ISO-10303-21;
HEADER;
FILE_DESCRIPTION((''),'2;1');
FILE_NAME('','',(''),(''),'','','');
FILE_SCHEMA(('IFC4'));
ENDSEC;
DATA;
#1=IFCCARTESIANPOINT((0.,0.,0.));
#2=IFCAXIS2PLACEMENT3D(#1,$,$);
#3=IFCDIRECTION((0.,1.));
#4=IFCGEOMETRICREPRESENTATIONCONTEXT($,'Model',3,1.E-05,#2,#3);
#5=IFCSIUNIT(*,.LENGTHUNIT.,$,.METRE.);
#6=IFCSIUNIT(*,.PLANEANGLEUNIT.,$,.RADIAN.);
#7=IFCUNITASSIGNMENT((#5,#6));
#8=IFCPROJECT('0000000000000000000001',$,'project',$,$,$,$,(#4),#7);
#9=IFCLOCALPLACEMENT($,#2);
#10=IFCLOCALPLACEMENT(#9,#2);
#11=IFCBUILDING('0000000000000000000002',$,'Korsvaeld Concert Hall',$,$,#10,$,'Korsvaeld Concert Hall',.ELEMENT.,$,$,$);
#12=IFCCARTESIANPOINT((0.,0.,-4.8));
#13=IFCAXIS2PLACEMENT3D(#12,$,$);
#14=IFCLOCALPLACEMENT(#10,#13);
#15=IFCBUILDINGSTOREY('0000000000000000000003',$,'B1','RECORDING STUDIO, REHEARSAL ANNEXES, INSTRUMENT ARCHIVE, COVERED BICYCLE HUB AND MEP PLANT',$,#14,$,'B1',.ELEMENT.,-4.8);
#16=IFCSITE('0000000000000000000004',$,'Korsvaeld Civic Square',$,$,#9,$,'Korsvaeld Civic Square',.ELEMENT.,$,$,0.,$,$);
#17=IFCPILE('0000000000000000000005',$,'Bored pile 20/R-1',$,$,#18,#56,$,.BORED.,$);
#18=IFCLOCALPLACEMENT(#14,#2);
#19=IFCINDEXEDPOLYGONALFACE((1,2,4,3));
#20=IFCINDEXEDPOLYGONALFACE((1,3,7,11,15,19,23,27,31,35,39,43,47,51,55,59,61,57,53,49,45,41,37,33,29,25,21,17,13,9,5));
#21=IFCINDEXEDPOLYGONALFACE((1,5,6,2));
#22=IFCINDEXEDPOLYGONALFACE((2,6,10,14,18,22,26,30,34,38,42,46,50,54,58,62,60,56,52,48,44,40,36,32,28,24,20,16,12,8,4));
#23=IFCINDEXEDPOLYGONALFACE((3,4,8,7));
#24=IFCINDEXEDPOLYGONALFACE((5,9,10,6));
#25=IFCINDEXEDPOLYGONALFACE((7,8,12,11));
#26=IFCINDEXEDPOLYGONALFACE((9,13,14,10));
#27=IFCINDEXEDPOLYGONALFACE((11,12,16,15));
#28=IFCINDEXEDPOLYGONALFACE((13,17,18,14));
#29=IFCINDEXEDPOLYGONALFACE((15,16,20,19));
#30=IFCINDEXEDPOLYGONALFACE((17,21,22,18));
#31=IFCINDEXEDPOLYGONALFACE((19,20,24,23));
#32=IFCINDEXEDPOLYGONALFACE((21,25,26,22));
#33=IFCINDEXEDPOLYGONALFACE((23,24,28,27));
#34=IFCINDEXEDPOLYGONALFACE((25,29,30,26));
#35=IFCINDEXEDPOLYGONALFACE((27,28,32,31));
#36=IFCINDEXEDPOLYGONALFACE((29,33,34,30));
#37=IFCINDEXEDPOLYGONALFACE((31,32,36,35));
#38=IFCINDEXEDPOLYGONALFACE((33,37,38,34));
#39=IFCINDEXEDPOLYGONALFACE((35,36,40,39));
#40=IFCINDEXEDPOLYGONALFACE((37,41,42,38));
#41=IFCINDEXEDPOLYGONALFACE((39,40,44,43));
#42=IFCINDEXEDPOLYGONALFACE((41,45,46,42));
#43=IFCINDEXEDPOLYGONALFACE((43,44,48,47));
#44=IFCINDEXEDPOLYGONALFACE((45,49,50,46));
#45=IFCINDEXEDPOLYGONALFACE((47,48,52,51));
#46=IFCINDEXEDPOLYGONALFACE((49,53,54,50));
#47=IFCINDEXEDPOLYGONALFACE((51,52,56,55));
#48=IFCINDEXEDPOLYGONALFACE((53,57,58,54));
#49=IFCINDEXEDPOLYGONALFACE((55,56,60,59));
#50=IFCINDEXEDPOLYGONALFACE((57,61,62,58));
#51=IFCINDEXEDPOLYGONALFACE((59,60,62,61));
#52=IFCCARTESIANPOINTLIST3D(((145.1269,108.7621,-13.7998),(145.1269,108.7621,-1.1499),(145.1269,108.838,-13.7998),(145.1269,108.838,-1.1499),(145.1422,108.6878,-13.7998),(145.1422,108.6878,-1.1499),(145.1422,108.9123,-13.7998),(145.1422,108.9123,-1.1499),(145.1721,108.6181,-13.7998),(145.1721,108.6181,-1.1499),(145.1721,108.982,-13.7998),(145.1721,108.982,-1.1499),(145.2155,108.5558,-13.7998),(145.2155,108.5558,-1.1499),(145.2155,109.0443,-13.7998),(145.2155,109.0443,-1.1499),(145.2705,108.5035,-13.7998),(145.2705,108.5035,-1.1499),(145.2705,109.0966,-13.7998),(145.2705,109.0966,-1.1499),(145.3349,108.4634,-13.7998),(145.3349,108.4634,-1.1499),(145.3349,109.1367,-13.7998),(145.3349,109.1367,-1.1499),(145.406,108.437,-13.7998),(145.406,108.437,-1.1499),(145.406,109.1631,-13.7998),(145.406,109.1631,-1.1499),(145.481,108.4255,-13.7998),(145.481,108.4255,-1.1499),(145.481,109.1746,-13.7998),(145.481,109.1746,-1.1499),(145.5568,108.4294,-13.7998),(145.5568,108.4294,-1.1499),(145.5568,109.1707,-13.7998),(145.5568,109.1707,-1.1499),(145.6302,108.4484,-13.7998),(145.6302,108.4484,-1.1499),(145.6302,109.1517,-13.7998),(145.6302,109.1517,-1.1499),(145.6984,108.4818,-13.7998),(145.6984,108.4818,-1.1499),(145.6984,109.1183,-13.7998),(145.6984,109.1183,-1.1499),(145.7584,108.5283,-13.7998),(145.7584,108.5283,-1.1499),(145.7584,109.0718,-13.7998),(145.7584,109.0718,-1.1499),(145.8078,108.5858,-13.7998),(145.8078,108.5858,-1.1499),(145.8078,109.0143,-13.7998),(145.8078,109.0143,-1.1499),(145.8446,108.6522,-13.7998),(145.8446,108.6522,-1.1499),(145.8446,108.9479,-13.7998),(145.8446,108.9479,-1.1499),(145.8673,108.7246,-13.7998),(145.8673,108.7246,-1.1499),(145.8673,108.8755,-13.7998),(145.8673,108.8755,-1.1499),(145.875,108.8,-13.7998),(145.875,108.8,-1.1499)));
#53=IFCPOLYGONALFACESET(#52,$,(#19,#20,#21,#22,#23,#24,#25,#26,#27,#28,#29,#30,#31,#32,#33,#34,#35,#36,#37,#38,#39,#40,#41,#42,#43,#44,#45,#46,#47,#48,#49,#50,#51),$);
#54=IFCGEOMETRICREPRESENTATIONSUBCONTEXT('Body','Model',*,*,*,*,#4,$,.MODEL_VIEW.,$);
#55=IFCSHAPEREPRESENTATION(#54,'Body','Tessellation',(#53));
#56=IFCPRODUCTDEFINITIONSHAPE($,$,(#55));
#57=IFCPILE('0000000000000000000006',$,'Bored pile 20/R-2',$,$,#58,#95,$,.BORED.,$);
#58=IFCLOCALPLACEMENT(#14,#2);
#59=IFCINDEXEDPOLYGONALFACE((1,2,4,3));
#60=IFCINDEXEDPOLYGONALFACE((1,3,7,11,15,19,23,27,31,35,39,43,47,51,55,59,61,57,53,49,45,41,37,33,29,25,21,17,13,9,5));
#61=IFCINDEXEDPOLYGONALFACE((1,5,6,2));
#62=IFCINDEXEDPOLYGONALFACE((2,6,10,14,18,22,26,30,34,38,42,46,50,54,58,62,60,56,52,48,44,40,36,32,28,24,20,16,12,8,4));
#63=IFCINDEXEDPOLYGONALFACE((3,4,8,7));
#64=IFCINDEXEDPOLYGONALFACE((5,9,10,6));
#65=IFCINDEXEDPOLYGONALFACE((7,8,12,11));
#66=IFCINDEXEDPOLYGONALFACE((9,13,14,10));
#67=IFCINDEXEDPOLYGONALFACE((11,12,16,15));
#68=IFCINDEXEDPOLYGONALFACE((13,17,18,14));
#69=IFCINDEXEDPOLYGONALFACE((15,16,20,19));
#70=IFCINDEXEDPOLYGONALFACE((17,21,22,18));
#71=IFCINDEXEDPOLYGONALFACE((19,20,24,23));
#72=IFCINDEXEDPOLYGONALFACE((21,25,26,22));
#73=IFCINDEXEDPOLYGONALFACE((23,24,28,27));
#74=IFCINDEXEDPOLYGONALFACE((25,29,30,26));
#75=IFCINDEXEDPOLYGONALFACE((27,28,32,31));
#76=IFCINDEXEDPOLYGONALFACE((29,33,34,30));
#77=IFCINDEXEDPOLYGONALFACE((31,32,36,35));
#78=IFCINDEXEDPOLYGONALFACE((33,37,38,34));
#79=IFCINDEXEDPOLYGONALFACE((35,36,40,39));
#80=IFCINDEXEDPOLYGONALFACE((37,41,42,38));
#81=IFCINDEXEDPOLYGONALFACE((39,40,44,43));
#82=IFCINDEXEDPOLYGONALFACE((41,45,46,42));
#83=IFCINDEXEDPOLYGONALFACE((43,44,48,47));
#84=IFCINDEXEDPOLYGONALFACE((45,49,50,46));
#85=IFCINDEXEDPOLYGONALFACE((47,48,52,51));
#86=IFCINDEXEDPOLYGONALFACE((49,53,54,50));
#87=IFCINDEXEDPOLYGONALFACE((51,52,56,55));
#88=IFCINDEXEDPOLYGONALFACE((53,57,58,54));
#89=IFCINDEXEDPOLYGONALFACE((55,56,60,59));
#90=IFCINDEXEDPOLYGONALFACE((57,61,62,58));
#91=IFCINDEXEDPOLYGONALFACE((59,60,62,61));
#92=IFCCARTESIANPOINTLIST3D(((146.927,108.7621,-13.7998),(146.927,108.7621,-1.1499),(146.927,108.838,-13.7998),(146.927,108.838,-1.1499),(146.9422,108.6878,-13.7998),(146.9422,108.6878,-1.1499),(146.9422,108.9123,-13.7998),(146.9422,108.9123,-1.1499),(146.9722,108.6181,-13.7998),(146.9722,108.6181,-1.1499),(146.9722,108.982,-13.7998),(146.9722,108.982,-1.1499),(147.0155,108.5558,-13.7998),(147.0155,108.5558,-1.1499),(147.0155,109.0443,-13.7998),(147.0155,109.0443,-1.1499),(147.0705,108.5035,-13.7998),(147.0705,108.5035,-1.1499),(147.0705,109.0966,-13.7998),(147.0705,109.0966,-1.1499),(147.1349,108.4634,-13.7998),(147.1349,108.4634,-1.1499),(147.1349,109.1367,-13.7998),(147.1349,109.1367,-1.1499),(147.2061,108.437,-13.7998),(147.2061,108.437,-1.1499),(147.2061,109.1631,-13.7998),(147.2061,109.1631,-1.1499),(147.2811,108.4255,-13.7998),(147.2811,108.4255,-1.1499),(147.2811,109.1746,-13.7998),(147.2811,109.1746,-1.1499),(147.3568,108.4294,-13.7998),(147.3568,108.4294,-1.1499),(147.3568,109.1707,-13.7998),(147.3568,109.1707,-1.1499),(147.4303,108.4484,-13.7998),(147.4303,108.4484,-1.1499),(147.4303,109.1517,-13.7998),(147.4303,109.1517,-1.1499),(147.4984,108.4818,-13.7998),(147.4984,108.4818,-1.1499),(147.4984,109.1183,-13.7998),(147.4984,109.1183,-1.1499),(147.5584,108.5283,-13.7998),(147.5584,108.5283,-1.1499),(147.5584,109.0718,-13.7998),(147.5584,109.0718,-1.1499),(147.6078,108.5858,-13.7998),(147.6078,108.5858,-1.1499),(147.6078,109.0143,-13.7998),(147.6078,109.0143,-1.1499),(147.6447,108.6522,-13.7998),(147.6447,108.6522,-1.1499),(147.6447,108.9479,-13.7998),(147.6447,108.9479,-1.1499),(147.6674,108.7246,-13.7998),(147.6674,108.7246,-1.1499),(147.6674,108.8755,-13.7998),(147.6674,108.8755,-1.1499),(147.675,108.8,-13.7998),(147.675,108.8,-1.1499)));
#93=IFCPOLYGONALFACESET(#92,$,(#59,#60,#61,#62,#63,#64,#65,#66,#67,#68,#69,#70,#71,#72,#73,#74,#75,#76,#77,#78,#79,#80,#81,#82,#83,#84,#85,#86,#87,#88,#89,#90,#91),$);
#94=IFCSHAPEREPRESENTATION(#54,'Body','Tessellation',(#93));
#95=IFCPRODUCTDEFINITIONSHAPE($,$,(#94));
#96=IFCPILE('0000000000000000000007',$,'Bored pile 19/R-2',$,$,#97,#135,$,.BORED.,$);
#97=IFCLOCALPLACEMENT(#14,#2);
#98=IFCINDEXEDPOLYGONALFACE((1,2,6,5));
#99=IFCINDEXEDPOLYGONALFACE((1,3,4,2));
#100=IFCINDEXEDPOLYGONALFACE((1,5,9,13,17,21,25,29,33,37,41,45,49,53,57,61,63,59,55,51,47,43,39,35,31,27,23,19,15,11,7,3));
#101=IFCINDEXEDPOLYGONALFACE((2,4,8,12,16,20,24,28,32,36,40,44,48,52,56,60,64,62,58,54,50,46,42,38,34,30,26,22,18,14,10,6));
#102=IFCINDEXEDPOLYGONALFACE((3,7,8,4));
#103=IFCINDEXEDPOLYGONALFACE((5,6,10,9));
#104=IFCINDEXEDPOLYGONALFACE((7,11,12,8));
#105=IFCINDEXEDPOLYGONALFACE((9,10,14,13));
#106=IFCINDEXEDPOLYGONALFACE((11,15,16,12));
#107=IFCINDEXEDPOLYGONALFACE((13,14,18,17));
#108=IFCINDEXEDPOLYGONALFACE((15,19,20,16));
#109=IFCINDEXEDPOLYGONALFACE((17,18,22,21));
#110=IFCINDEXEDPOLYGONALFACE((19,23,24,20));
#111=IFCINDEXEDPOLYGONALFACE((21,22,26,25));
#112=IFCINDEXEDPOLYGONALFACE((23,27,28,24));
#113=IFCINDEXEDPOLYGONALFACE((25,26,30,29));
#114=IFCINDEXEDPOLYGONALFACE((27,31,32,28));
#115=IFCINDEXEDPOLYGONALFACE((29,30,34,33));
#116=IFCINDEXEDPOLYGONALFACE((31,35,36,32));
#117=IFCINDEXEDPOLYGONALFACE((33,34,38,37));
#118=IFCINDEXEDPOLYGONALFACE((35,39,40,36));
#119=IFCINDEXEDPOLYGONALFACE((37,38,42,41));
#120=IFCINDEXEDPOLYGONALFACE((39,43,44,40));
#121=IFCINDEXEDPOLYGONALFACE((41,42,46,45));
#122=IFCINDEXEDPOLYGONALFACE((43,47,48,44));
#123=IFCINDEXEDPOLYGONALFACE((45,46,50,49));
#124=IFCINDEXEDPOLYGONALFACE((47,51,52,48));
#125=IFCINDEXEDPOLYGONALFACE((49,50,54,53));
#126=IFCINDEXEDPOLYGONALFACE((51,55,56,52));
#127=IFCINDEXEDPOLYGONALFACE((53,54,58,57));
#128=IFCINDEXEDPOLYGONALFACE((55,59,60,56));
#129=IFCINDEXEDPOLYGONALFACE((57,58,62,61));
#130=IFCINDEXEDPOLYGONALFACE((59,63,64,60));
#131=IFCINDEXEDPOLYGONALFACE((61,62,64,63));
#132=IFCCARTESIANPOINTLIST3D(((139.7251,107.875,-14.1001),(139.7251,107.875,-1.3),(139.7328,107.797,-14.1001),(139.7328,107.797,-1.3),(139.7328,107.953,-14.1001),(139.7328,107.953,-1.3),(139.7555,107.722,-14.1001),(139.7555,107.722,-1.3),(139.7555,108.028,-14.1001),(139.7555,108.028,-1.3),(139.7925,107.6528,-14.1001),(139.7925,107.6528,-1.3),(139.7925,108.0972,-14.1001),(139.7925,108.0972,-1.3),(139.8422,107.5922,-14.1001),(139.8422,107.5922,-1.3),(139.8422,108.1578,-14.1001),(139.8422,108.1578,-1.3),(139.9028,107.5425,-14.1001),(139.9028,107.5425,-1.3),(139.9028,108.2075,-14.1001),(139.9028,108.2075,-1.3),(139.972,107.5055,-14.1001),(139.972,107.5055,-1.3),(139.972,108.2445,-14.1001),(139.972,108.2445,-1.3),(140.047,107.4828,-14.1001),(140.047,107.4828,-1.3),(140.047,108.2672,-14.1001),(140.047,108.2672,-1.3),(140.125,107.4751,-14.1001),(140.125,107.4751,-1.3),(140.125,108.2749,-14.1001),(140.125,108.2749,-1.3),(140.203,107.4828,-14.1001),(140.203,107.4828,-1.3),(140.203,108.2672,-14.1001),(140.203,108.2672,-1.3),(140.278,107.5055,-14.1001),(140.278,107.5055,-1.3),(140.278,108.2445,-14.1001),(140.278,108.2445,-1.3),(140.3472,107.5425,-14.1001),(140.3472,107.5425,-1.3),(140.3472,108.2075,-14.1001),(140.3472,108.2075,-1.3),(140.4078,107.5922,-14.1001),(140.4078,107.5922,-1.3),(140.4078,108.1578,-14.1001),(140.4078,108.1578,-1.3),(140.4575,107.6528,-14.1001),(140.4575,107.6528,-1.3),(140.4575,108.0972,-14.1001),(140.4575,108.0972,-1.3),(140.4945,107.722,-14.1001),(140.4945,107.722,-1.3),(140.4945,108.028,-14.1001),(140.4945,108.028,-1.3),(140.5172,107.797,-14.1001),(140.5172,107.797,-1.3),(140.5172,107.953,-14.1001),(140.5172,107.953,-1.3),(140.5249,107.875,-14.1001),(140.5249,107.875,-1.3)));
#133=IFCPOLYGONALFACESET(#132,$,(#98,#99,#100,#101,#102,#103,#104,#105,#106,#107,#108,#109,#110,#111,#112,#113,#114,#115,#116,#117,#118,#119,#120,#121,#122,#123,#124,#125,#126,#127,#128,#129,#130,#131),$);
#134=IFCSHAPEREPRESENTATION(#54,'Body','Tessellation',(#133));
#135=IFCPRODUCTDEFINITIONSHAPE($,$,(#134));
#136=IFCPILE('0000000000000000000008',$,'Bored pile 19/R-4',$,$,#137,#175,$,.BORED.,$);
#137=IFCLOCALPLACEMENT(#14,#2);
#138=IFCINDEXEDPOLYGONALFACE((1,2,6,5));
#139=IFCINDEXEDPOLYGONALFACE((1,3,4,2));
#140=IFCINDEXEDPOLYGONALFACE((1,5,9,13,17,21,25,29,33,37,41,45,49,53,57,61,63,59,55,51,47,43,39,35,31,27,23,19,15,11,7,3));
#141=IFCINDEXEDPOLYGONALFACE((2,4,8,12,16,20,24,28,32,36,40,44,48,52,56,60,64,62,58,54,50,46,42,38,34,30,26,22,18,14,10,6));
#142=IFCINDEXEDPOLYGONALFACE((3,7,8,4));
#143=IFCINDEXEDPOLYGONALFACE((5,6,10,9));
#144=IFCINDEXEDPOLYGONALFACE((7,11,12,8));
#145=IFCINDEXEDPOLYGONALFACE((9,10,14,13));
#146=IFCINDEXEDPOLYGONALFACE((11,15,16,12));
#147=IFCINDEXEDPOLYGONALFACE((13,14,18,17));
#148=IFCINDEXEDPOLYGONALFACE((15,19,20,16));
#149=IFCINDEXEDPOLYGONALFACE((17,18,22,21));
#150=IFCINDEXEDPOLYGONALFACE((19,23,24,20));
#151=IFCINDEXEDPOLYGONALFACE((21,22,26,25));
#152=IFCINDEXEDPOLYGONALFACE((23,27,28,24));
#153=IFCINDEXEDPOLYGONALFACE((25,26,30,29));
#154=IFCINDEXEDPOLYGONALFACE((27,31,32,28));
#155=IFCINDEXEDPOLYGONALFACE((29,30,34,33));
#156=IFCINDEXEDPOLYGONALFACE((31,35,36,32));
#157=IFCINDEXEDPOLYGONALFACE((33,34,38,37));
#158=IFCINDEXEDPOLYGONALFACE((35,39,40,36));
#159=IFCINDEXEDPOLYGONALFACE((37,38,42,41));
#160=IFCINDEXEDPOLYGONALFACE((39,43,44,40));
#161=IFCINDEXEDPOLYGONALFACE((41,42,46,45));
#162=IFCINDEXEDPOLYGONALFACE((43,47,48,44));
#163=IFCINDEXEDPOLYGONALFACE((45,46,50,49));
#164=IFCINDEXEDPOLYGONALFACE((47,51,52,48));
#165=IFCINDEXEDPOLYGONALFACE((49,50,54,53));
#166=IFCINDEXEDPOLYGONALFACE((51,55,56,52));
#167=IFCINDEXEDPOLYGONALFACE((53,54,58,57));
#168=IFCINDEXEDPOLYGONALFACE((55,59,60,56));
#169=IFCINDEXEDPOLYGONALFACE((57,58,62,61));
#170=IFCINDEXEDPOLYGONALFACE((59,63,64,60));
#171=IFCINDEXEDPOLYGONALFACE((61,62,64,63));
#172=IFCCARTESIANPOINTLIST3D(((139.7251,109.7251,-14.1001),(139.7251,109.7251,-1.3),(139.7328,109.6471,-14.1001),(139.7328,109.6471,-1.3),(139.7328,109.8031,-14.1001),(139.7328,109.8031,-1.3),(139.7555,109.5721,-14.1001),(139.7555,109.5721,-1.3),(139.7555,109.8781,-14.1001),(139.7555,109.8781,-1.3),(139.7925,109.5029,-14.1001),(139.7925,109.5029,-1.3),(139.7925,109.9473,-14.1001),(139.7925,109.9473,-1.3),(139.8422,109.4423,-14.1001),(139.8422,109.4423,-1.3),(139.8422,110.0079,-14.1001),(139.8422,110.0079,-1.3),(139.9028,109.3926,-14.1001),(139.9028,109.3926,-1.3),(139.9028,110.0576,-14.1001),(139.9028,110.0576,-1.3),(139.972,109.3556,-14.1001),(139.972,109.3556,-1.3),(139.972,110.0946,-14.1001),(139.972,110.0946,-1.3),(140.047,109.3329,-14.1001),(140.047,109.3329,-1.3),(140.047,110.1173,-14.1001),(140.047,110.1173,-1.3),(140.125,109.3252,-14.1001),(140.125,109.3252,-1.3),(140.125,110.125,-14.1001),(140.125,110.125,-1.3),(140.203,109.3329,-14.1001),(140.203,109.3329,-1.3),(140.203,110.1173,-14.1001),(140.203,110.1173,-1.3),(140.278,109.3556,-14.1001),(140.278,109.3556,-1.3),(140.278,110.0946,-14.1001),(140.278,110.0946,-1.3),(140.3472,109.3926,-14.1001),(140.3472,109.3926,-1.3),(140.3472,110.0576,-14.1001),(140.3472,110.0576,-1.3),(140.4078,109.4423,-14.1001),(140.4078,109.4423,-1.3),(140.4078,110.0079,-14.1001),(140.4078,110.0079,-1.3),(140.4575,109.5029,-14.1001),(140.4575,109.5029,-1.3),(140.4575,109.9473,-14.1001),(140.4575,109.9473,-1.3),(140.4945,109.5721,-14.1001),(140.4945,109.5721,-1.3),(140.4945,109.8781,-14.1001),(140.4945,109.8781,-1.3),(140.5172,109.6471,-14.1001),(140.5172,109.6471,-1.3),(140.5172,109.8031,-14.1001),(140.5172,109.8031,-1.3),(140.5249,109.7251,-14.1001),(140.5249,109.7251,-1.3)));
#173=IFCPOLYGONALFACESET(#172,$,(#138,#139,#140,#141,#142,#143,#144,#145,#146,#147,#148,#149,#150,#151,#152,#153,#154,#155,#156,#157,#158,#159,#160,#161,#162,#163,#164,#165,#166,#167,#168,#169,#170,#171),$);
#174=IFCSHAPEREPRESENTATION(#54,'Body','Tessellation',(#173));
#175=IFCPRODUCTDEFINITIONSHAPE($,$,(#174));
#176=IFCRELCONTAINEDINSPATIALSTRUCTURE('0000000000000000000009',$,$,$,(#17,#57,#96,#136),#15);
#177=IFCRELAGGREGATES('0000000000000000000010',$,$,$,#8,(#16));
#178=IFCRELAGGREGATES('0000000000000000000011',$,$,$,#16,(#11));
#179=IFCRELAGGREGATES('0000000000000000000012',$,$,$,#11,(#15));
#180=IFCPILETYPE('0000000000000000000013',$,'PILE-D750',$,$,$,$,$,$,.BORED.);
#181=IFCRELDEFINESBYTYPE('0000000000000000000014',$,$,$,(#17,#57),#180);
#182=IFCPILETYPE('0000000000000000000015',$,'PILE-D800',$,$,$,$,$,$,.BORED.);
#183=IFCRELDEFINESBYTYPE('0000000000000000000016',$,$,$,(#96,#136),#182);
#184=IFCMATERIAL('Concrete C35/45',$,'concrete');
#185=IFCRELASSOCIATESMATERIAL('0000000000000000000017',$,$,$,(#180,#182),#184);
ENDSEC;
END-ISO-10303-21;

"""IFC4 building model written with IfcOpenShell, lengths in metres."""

from ifc_helpers import new_model, si_unit, direction, frame, origin, origin_2d, place, context, subcontext, project, spatial, circle, extrude, material, material_profile, profile_set, type_object, element, save


model = new_model("IFC4")

# Units and contexts
model_context = context("Model", 3, precision=1e-05, world=origin(), true_north=direction((0.0, 1.0)))
body_context = subcontext(model_context, "Body", "Model", "MODEL_VIEW")
ifc_project = project(units=[si_unit("LENGTHUNIT", "METRE"), si_unit("PLANEANGLEUNIT", "RADIAN")], contexts=[model_context])

# Site, building, storey
site_placement = place(None, origin())
site = spatial("IfcSite", under=ifc_project, at=site_placement, Name="Korsvaeld Civic Square", LongName="Korsvaeld Civic Square", CompositionType="ELEMENT", RefElevation=0.0)
building_placement = place(site_placement, origin())
building = spatial("IfcBuilding", under=site, at=building_placement, Name="Korsvaeld Concert Hall", LongName="Korsvaeld Concert Hall", CompositionType="ELEMENT")
storey_placement = place(building_placement, frame((0.0, 0.0, -4.8)))
storey = spatial("IfcBuildingStorey", under=building, at=storey_placement, Name="B1", Description="RECORDING STUDIO, REHEARSAL ANNEXES, INSTRUMENT ARCHIVE, COVERED BICYCLE HUB AND MEP PLANT", LongName="B1", CompositionType="ELEMENT", Elevation=-4.8)

# Shared definitions
ifc_material_1 = material(Name="Concrete C35/45", Category="concrete")

# Piles
ifc_material_profile_1 = material_profile(ifc_material_1, circle(Radius=0.375, at=origin_2d()), Name="BORED PILE D750")
ifc_profile_set_1 = profile_set([ifc_material_profile_1], Name="Concrete C35/45")
pile_type_1 = type_object("IfcPileType", Name="PILE-D750", PredefinedType="BORED", material=ifc_profile_set_1)
for number, where, z_axis, x_axis, name in (
    (1, (145.5, 108.8, -1.1499), (0.0, 0.0, -1.0), (1.0, 0.0, 0.0), "Bored pile 20/R-1"),
    (2, (147.3, 108.8, -1.1499), (0.0, 0.0, -1.0), (1.0, 0.0, 0.0), "Bored pile 20/R-2"),
):
    element("IfcPile", number, at=place(storey_placement, frame(where, z_axis=z_axis, x_axis=x_axis)), inside=storey, type_object=pile_type_1, Name=name, PredefinedType="BORED", context=body_context, shape_type="SweptSolid", body=[
        extrude(circle(Radius=0.375, at=origin_2d()), origin(), (0.0, 0.0, 1.0), 12.6499),
    ])
ifc_material_profile_2 = material_profile(ifc_material_1, circle(Radius=0.3999, at=origin_2d()), Name="BORED PILE D800")
ifc_profile_set_2 = profile_set([ifc_material_profile_2], Name="Concrete C35/45")
pile_type_2 = type_object("IfcPileType", Name="PILE-D800", PredefinedType="BORED", material=ifc_profile_set_2)
for number, where, z_axis, x_axis, name in (
    (3, (140.125, 107.875, -1.3), (0.0, 0.0, -1.0), (1.0, 0.0, 0.0), "Bored pile 19/R-2"),
    (4, (140.125, 109.7251, -1.3), (0.0, 0.0, -1.0), (1.0, 0.0, 0.0), "Bored pile 19/R-4"),
):
    element("IfcPile", number, at=place(storey_placement, frame(where, z_axis=z_axis, x_axis=x_axis)), inside=storey, type_object=pile_type_2, Name=name, PredefinedType="BORED", context=body_context, shape_type="SweptSolid", body=[
        extrude(circle(Radius=0.3999, at=origin_2d()), origin(), (0.0, 0.0, 1.0), 12.8),
    ])

save(model, "model.ifc")
